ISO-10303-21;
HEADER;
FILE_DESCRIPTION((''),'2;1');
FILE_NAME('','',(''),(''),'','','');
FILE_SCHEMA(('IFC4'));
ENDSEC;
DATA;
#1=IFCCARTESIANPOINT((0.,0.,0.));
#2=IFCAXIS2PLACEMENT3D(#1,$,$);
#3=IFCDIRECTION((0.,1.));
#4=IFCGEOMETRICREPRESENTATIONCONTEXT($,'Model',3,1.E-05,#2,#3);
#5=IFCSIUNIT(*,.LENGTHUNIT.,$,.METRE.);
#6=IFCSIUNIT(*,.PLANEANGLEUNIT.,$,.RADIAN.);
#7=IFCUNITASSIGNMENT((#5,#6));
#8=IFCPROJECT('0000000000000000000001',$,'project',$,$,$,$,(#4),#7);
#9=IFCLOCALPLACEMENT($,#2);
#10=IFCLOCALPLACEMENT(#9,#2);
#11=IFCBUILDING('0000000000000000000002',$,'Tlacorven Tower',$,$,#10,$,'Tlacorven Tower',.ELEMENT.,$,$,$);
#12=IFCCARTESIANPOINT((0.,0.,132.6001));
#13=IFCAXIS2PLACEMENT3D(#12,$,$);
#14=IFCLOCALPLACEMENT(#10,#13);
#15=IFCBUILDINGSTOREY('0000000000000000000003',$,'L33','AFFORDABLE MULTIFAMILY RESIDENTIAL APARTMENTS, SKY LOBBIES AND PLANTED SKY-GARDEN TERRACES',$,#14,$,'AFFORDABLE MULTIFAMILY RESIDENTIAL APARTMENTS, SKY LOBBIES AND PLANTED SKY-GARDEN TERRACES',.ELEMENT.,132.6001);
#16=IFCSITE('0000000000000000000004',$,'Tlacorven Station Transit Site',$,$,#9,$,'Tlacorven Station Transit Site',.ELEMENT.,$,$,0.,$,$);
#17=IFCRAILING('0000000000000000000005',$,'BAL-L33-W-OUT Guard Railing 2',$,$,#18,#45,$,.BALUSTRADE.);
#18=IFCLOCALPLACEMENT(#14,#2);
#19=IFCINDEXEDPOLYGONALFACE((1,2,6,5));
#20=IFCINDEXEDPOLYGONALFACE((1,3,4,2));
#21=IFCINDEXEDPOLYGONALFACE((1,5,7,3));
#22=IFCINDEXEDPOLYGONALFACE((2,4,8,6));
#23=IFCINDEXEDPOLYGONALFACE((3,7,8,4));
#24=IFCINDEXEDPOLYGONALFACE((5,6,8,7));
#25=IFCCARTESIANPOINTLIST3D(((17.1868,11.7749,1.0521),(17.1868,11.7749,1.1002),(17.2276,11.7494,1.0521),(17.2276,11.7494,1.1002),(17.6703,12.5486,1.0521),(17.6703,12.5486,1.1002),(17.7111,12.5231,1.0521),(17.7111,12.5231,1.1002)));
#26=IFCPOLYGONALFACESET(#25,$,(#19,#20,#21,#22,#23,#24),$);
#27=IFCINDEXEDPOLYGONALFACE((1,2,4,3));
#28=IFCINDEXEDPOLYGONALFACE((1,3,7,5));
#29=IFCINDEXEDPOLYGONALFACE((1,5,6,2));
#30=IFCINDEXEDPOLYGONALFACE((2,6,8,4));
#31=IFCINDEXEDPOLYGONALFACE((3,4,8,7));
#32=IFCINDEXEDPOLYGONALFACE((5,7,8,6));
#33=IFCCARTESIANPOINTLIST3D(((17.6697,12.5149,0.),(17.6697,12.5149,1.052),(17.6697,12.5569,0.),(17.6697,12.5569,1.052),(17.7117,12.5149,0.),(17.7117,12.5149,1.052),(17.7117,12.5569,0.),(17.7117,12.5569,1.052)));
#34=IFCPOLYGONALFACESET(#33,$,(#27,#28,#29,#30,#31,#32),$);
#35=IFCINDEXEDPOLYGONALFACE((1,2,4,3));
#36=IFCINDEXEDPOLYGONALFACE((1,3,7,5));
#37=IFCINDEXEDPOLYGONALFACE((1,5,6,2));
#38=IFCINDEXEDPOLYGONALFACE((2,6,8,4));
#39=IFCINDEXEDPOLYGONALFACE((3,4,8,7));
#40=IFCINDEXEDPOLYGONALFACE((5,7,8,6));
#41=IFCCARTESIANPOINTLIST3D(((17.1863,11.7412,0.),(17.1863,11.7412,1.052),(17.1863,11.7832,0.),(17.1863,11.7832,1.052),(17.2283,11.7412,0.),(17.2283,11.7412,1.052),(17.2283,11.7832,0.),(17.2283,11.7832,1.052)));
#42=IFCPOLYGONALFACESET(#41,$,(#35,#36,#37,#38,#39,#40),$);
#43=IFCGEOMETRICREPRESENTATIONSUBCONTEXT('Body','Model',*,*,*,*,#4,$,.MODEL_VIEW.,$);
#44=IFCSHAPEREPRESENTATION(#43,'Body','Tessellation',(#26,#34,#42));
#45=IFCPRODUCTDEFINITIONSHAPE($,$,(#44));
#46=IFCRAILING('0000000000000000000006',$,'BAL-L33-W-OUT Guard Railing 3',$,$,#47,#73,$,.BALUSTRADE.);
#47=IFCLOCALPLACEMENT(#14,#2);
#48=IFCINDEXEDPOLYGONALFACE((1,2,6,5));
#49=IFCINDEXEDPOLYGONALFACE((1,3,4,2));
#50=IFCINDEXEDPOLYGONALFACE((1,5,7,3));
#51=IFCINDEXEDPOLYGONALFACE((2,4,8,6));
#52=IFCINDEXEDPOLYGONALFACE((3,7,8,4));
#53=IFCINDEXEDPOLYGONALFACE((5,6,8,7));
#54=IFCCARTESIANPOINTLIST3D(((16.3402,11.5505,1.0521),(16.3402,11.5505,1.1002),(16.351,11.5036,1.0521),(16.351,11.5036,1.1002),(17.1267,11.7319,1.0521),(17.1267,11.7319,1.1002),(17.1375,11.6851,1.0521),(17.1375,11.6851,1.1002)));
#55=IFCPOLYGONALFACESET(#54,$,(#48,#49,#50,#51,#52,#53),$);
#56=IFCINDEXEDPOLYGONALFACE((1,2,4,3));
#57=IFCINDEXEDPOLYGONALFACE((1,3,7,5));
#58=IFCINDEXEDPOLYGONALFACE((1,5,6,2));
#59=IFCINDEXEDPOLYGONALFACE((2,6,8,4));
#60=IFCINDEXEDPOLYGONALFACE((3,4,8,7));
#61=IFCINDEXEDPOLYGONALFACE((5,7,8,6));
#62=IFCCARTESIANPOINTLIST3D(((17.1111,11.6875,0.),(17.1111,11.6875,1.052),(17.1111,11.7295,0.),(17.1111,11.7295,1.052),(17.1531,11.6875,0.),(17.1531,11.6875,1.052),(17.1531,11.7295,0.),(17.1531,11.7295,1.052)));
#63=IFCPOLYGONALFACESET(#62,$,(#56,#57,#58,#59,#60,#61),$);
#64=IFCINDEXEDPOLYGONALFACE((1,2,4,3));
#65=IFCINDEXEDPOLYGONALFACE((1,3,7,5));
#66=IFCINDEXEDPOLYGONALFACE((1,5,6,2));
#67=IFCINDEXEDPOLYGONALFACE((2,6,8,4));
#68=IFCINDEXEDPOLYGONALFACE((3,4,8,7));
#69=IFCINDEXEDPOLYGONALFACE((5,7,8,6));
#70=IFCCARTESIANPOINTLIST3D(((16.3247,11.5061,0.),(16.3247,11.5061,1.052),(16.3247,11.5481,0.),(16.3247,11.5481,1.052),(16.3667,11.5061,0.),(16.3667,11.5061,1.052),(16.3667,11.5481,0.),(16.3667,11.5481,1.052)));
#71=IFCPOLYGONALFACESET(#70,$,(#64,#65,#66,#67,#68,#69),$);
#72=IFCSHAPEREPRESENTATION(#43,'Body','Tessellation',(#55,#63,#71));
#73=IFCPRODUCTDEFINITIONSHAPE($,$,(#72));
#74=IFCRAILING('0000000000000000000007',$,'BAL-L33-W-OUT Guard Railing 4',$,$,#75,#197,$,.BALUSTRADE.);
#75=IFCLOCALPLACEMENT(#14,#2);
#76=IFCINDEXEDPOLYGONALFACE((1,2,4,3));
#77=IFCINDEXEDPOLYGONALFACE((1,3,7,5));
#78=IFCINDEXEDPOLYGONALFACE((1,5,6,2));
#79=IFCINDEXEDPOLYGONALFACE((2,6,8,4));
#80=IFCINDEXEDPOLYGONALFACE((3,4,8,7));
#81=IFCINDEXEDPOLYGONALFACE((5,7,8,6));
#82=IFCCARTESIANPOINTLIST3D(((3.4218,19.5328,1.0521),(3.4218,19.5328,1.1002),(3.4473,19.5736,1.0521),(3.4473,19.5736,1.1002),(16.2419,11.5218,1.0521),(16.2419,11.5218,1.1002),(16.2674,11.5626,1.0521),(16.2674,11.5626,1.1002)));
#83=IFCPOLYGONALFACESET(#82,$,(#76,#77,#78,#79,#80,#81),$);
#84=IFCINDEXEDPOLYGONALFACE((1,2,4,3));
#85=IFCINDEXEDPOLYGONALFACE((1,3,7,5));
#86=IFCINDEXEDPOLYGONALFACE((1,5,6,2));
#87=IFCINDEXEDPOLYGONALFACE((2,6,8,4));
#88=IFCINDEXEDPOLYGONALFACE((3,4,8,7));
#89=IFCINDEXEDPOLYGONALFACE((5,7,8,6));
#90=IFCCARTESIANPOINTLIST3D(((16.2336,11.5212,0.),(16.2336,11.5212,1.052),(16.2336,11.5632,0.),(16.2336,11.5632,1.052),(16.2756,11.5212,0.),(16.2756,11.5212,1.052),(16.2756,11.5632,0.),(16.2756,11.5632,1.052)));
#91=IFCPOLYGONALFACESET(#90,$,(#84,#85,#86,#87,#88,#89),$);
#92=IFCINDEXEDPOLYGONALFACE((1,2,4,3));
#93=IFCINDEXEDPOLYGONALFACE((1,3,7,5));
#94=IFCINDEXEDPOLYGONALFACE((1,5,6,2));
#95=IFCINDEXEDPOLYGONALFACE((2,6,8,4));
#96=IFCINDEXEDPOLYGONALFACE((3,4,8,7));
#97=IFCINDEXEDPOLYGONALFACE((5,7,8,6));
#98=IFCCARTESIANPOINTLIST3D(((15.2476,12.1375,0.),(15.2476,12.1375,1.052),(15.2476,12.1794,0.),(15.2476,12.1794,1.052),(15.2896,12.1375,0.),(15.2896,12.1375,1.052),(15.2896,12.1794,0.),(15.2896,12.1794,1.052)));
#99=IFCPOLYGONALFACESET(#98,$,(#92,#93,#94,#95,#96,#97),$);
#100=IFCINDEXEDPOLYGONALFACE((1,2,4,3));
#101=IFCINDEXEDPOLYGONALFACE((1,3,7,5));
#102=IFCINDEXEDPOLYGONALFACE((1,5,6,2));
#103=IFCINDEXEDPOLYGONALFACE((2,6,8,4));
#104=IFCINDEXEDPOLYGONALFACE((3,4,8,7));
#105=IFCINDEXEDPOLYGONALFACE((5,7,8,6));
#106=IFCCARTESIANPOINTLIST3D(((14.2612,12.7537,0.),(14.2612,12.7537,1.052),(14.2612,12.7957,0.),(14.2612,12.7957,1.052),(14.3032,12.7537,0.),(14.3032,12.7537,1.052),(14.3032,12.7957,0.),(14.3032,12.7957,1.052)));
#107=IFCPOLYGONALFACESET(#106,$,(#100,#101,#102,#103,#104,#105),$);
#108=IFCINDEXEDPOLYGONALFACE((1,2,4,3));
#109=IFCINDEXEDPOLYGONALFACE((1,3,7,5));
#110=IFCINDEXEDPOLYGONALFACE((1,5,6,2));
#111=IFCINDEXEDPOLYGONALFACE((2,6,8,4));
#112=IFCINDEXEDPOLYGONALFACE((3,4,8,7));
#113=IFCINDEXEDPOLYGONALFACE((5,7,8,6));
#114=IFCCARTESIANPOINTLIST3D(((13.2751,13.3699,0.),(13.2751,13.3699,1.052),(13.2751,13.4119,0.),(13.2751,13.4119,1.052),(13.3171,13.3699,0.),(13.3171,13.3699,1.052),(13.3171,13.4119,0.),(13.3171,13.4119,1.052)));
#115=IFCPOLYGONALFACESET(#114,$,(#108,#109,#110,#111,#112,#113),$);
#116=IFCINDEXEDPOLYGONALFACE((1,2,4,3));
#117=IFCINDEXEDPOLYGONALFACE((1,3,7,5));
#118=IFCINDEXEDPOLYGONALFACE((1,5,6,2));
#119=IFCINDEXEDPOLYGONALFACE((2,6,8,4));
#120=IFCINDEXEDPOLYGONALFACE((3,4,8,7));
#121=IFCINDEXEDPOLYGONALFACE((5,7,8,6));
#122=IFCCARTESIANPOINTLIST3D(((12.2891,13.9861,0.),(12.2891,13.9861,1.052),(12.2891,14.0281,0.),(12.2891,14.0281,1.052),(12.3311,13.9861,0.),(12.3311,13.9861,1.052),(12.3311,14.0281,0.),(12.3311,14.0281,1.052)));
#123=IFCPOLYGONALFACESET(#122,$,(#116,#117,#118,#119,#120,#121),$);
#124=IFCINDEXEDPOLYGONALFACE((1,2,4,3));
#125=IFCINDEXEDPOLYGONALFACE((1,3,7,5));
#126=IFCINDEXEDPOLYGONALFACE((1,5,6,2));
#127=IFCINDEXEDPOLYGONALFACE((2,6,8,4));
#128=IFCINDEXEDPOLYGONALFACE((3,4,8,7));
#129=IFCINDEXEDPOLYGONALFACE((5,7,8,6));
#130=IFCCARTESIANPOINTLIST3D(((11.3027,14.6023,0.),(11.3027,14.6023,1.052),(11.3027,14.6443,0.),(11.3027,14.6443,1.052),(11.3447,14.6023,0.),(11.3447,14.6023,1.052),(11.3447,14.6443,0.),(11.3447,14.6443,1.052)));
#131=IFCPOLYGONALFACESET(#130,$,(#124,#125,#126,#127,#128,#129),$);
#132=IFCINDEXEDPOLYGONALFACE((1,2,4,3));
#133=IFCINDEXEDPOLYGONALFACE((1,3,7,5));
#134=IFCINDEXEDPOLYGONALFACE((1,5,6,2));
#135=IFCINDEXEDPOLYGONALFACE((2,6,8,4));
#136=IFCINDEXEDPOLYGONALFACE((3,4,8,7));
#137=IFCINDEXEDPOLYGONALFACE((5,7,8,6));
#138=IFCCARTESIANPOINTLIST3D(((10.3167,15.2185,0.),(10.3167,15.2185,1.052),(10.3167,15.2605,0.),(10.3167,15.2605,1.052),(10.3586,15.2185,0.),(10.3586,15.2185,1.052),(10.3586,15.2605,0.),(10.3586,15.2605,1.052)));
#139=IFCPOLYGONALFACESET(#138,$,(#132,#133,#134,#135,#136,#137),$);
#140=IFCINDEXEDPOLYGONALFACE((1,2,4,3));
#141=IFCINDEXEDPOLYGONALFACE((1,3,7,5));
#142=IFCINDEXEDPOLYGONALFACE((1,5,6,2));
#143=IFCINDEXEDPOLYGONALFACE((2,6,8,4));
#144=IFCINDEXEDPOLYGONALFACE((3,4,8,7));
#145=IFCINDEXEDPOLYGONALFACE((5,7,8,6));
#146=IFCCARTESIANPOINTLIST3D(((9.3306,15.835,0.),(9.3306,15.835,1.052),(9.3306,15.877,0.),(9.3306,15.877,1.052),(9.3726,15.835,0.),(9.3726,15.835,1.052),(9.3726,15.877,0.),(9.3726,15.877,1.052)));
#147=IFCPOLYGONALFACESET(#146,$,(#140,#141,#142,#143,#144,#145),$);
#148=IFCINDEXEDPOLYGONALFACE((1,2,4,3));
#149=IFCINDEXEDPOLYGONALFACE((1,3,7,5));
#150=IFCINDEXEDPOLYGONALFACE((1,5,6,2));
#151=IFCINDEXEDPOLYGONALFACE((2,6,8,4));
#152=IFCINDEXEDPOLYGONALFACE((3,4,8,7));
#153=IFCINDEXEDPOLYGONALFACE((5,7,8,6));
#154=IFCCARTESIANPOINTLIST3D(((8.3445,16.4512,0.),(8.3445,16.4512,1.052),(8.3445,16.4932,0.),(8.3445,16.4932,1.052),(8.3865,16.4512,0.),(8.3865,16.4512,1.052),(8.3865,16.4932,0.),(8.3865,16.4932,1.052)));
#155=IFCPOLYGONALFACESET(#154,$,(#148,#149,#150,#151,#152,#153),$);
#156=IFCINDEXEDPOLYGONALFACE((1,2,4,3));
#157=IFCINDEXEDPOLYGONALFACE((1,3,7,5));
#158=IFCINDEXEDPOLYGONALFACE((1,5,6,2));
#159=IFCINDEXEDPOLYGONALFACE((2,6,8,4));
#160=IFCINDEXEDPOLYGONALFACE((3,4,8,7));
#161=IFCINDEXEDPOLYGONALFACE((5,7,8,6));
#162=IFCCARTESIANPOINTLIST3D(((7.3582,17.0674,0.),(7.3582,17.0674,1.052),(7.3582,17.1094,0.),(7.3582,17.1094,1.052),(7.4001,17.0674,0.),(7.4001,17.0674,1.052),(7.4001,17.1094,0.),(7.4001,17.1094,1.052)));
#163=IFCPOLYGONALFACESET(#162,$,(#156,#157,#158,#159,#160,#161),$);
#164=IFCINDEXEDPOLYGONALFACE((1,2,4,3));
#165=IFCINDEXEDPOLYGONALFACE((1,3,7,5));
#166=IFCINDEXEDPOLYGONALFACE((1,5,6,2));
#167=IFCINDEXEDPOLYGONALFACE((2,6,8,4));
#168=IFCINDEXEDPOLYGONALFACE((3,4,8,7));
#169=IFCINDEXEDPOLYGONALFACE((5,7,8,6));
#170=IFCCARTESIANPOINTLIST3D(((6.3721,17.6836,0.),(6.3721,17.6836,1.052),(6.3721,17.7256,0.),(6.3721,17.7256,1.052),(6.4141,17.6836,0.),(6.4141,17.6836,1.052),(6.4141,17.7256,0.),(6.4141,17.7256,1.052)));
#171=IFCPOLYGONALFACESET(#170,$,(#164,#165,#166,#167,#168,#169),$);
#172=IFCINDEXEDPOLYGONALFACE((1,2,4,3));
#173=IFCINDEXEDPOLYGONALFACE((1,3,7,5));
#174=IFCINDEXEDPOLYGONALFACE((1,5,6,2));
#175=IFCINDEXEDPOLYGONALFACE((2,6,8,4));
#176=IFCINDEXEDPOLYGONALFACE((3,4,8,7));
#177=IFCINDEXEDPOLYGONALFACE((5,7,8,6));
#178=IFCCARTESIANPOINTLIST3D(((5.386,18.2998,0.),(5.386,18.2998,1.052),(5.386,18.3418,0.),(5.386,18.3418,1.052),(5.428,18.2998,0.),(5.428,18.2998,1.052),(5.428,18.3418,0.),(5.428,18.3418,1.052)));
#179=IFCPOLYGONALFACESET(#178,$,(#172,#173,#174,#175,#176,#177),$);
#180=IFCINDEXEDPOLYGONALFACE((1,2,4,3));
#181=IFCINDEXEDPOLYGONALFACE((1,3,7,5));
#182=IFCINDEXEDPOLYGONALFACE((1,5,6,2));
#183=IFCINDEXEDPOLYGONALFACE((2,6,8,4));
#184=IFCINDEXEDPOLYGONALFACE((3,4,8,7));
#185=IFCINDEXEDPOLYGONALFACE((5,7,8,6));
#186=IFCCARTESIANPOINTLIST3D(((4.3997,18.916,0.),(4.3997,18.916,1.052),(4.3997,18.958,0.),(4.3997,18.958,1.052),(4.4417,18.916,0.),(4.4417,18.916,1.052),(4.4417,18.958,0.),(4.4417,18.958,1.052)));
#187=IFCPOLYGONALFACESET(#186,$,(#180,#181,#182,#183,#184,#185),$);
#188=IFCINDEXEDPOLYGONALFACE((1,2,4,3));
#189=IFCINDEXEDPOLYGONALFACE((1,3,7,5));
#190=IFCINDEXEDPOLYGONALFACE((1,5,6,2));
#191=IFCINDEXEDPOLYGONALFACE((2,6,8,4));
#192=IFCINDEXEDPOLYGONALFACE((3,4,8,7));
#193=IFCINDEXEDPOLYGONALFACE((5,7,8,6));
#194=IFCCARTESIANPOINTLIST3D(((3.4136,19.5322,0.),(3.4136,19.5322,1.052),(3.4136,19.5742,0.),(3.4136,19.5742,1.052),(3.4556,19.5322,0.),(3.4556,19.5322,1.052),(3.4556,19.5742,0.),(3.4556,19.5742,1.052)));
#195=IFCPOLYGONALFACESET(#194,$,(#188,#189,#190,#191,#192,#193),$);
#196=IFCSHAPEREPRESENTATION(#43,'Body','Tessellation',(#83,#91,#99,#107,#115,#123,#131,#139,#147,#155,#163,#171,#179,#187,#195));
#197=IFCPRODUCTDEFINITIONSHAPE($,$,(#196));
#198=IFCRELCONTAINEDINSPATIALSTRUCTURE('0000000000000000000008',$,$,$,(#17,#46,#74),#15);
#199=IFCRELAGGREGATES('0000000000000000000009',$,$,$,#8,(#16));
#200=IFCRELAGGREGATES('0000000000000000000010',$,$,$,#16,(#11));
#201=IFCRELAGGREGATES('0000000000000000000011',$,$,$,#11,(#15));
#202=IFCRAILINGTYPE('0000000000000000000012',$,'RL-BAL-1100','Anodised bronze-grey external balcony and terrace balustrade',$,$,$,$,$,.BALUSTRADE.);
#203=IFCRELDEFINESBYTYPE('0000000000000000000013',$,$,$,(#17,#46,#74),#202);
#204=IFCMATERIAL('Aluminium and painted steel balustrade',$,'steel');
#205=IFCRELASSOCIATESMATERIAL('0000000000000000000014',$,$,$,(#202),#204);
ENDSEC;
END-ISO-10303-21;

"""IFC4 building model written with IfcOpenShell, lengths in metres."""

from ifc_helpers import new_model, si_unit, direction, frame, origin, origin_2d, place, context, subcontext, project, spatial, rectangle, extrude, source, transform, mapped, material, type_object, element, save


model = new_model("IFC4")

# Units and contexts
model_context = context("Model", 3, precision=1e-05, world=origin(), true_north=direction((0.0, 1.0)))
body_context = subcontext(model_context, "Body", "Model", "MODEL_VIEW")
ifc_project = project(units=[si_unit("LENGTHUNIT", "METRE"), si_unit("PLANEANGLEUNIT", "RADIAN")], contexts=[model_context])

# Site, building, storey
site_placement = place(None, origin())
site = spatial("IfcSite", under=ifc_project, at=site_placement, Name="Tlacorven Station Transit Site", LongName="Tlacorven Station Transit Site", CompositionType="ELEMENT", RefElevation=0.0)
building_placement = place(site_placement, origin())
building = spatial("IfcBuilding", under=site, at=building_placement, Name="Tlacorven Tower", LongName="Tlacorven Tower", CompositionType="ELEMENT")
storey_placement = place(building_placement, frame((0.0, 0.0, 132.6001)))
storey = spatial("IfcBuildingStorey", under=building, at=storey_placement, Name="L33", Description="AFFORDABLE MULTIFAMILY RESIDENTIAL APARTMENTS, SKY LOBBIES AND PLANTED SKY-GARDEN TERRACES", LongName="AFFORDABLE MULTIFAMILY RESIDENTIAL APARTMENTS, SKY LOBBIES AND PLANTED SKY-GARDEN TERRACES", CompositionType="ELEMENT", Elevation=132.6001)

# Railings
ifc_material_1 = material(Name="Aluminium and painted steel balustrade", Category="steel")
railing_type = type_object("IfcRailingType", Name="RL-BAL-1100", Description="Anodised bronze-grey external balcony and terrace balustrade", PredefinedType="BALUSTRADE", material=ifc_material_1)
shared_shape_1 = source(origin(), body_context, "Body", "SweptSolid", [
    extrude(rectangle(XDim=0.0481, YDim=0.0481, at=origin_2d()), frame((0.0, 0.0, 1.0762), z_axis=(-0.529879, -0.848073, 0.0), x_axis=(0.848073, -0.529879, 0.0)), (0.0, 0.0, 1.0), 0.9124),
    extrude(rectangle(XDim=0.042, YDim=0.042, at=origin_2d()), origin(), (0.0, 0.0, 1.0), 1.052),
    extrude(rectangle(XDim=0.042, YDim=0.042, at=origin_2d()), frame((-0.4834, -0.7737, 0.0)), (0.0, 0.0, 1.0), 1.052),
])
railing_1_placement = place(storey_placement, frame((17.6907, 12.5359, 0.0)))
element("IfcRailing", 1, at=railing_1_placement, inside=storey, type_object=railing_type, Name="BAL-L33-W-OUT Guard Railing 2", PredefinedType="BALUSTRADE", context=body_context, shape_type="MappedRepresentation", body=[
    mapped(shared_shape_1, transform((0.0, 0.0, 0.0), scale=1.0)),
])
shared_shape_2 = source(origin(), body_context, "Body", "SweptSolid", [
    extrude(rectangle(XDim=0.0481, YDim=0.0481, at=origin_2d()), frame((0.0, 0.0, 1.0762), z_axis=(-0.974412, -0.224771, 0.0), x_axis=(0.224771, -0.974412, 0.0)), (0.0, 0.0, 1.0), 0.8071),
    extrude(rectangle(XDim=0.042, YDim=0.042, at=origin_2d()), origin(), (0.0, 0.0, 1.0), 1.052),
    extrude(rectangle(XDim=0.042, YDim=0.042, at=origin_2d()), frame((-0.7864, -0.1814, 0.0)), (0.0, 0.0, 1.0), 1.052),
])
railing_2_placement = place(storey_placement, frame((17.1321, 11.7085, 0.0)))
element("IfcRailing", 2, at=railing_2_placement, inside=storey, type_object=railing_type, Name="BAL-L33-W-OUT Guard Railing 3", PredefinedType="BALUSTRADE", context=body_context, shape_type="MappedRepresentation", body=[
    mapped(shared_shape_2, transform((0.0, 0.0, 0.0), scale=1.0)),
])
shared_shape_3 = source(origin(), body_context, "Body", "SweptSolid", [
    extrude(rectangle(XDim=0.0481, YDim=0.0481, at=origin_2d()), frame((0.0, 0.0, 1.0762), z_axis=(-0.848045, 0.529925, 0.0), x_axis=(-0.529925, -0.848045, 0.0)), (0.0, 0.0, 1.0), 15.1172),
    extrude(rectangle(XDim=0.042, YDim=0.042, at=origin_2d()), origin(), (0.0, 0.0, 1.0), 1.052),
    extrude(rectangle(XDim=0.042, YDim=0.042, at=origin_2d()), frame((-0.9861, 0.6162, 0.0)), (0.0, 0.0, 1.0), 1.052),
    extrude(rectangle(XDim=0.042, YDim=0.042, at=origin_2d()), frame((-1.9724, 1.2324, 0.0)), (0.0, 0.0, 1.0), 1.052),
    extrude(rectangle(XDim=0.042, YDim=0.042, at=origin_2d()), frame((-2.9585, 1.8486, 0.0)), (0.0, 0.0, 1.0), 1.052),
    extrude(rectangle(XDim=0.042, YDim=0.042, at=origin_2d()), frame((-3.9446, 2.4648, 0.0)), (0.0, 0.0, 1.0), 1.052),
    extrude(rectangle(XDim=0.042, YDim=0.042, at=origin_2d()), frame((-4.9309, 3.0811, 0.0)), (0.0, 0.0, 1.0), 1.052),
    extrude(rectangle(XDim=0.042, YDim=0.042, at=origin_2d()), frame((-5.917, 3.6973, 0.0)), (0.0, 0.0, 1.0), 1.052),
    extrude(rectangle(XDim=0.042, YDim=0.042, at=origin_2d()), frame((-6.9031, 4.3137, 0.0)), (0.0, 0.0, 1.0), 1.052),
    extrude(rectangle(XDim=0.042, YDim=0.042, at=origin_2d()), frame((-7.8892, 4.9299, 0.0)), (0.0, 0.0, 1.0), 1.052),
    extrude(rectangle(XDim=0.042, YDim=0.042, at=origin_2d()), frame((-8.8755, 5.5461, 0.0)), (0.0, 0.0, 1.0), 1.052),
    extrude(rectangle(XDim=0.042, YDim=0.042, at=origin_2d()), frame((-9.8616, 6.1624, 0.0)), (0.0, 0.0, 1.0), 1.052),
    extrude(rectangle(XDim=0.042, YDim=0.042, at=origin_2d()), frame((-10.8477, 6.7786, 0.0)), (0.0, 0.0, 1.0), 1.052),
    extrude(rectangle(XDim=0.042, YDim=0.042, at=origin_2d()), frame((-11.834, 7.3948, 0.0)), (0.0, 0.0, 1.0), 1.052),
    extrude(rectangle(XDim=0.042, YDim=0.042, at=origin_2d()), frame((-12.8201, 8.011, 0.0)), (0.0, 0.0, 1.0), 1.052),
])
railing_3_placement = place(storey_placement, frame((16.2546, 11.5422, 0.0)))
element("IfcRailing", 3, at=railing_3_placement, inside=storey, type_object=railing_type, Name="BAL-L33-W-OUT Guard Railing 4", PredefinedType="BALUSTRADE", context=body_context, shape_type="MappedRepresentation", body=[
    mapped(shared_shape_3, transform((0.0, 0.0, 0.0), scale=1.0)),
])

save(model, "model.ifc")
